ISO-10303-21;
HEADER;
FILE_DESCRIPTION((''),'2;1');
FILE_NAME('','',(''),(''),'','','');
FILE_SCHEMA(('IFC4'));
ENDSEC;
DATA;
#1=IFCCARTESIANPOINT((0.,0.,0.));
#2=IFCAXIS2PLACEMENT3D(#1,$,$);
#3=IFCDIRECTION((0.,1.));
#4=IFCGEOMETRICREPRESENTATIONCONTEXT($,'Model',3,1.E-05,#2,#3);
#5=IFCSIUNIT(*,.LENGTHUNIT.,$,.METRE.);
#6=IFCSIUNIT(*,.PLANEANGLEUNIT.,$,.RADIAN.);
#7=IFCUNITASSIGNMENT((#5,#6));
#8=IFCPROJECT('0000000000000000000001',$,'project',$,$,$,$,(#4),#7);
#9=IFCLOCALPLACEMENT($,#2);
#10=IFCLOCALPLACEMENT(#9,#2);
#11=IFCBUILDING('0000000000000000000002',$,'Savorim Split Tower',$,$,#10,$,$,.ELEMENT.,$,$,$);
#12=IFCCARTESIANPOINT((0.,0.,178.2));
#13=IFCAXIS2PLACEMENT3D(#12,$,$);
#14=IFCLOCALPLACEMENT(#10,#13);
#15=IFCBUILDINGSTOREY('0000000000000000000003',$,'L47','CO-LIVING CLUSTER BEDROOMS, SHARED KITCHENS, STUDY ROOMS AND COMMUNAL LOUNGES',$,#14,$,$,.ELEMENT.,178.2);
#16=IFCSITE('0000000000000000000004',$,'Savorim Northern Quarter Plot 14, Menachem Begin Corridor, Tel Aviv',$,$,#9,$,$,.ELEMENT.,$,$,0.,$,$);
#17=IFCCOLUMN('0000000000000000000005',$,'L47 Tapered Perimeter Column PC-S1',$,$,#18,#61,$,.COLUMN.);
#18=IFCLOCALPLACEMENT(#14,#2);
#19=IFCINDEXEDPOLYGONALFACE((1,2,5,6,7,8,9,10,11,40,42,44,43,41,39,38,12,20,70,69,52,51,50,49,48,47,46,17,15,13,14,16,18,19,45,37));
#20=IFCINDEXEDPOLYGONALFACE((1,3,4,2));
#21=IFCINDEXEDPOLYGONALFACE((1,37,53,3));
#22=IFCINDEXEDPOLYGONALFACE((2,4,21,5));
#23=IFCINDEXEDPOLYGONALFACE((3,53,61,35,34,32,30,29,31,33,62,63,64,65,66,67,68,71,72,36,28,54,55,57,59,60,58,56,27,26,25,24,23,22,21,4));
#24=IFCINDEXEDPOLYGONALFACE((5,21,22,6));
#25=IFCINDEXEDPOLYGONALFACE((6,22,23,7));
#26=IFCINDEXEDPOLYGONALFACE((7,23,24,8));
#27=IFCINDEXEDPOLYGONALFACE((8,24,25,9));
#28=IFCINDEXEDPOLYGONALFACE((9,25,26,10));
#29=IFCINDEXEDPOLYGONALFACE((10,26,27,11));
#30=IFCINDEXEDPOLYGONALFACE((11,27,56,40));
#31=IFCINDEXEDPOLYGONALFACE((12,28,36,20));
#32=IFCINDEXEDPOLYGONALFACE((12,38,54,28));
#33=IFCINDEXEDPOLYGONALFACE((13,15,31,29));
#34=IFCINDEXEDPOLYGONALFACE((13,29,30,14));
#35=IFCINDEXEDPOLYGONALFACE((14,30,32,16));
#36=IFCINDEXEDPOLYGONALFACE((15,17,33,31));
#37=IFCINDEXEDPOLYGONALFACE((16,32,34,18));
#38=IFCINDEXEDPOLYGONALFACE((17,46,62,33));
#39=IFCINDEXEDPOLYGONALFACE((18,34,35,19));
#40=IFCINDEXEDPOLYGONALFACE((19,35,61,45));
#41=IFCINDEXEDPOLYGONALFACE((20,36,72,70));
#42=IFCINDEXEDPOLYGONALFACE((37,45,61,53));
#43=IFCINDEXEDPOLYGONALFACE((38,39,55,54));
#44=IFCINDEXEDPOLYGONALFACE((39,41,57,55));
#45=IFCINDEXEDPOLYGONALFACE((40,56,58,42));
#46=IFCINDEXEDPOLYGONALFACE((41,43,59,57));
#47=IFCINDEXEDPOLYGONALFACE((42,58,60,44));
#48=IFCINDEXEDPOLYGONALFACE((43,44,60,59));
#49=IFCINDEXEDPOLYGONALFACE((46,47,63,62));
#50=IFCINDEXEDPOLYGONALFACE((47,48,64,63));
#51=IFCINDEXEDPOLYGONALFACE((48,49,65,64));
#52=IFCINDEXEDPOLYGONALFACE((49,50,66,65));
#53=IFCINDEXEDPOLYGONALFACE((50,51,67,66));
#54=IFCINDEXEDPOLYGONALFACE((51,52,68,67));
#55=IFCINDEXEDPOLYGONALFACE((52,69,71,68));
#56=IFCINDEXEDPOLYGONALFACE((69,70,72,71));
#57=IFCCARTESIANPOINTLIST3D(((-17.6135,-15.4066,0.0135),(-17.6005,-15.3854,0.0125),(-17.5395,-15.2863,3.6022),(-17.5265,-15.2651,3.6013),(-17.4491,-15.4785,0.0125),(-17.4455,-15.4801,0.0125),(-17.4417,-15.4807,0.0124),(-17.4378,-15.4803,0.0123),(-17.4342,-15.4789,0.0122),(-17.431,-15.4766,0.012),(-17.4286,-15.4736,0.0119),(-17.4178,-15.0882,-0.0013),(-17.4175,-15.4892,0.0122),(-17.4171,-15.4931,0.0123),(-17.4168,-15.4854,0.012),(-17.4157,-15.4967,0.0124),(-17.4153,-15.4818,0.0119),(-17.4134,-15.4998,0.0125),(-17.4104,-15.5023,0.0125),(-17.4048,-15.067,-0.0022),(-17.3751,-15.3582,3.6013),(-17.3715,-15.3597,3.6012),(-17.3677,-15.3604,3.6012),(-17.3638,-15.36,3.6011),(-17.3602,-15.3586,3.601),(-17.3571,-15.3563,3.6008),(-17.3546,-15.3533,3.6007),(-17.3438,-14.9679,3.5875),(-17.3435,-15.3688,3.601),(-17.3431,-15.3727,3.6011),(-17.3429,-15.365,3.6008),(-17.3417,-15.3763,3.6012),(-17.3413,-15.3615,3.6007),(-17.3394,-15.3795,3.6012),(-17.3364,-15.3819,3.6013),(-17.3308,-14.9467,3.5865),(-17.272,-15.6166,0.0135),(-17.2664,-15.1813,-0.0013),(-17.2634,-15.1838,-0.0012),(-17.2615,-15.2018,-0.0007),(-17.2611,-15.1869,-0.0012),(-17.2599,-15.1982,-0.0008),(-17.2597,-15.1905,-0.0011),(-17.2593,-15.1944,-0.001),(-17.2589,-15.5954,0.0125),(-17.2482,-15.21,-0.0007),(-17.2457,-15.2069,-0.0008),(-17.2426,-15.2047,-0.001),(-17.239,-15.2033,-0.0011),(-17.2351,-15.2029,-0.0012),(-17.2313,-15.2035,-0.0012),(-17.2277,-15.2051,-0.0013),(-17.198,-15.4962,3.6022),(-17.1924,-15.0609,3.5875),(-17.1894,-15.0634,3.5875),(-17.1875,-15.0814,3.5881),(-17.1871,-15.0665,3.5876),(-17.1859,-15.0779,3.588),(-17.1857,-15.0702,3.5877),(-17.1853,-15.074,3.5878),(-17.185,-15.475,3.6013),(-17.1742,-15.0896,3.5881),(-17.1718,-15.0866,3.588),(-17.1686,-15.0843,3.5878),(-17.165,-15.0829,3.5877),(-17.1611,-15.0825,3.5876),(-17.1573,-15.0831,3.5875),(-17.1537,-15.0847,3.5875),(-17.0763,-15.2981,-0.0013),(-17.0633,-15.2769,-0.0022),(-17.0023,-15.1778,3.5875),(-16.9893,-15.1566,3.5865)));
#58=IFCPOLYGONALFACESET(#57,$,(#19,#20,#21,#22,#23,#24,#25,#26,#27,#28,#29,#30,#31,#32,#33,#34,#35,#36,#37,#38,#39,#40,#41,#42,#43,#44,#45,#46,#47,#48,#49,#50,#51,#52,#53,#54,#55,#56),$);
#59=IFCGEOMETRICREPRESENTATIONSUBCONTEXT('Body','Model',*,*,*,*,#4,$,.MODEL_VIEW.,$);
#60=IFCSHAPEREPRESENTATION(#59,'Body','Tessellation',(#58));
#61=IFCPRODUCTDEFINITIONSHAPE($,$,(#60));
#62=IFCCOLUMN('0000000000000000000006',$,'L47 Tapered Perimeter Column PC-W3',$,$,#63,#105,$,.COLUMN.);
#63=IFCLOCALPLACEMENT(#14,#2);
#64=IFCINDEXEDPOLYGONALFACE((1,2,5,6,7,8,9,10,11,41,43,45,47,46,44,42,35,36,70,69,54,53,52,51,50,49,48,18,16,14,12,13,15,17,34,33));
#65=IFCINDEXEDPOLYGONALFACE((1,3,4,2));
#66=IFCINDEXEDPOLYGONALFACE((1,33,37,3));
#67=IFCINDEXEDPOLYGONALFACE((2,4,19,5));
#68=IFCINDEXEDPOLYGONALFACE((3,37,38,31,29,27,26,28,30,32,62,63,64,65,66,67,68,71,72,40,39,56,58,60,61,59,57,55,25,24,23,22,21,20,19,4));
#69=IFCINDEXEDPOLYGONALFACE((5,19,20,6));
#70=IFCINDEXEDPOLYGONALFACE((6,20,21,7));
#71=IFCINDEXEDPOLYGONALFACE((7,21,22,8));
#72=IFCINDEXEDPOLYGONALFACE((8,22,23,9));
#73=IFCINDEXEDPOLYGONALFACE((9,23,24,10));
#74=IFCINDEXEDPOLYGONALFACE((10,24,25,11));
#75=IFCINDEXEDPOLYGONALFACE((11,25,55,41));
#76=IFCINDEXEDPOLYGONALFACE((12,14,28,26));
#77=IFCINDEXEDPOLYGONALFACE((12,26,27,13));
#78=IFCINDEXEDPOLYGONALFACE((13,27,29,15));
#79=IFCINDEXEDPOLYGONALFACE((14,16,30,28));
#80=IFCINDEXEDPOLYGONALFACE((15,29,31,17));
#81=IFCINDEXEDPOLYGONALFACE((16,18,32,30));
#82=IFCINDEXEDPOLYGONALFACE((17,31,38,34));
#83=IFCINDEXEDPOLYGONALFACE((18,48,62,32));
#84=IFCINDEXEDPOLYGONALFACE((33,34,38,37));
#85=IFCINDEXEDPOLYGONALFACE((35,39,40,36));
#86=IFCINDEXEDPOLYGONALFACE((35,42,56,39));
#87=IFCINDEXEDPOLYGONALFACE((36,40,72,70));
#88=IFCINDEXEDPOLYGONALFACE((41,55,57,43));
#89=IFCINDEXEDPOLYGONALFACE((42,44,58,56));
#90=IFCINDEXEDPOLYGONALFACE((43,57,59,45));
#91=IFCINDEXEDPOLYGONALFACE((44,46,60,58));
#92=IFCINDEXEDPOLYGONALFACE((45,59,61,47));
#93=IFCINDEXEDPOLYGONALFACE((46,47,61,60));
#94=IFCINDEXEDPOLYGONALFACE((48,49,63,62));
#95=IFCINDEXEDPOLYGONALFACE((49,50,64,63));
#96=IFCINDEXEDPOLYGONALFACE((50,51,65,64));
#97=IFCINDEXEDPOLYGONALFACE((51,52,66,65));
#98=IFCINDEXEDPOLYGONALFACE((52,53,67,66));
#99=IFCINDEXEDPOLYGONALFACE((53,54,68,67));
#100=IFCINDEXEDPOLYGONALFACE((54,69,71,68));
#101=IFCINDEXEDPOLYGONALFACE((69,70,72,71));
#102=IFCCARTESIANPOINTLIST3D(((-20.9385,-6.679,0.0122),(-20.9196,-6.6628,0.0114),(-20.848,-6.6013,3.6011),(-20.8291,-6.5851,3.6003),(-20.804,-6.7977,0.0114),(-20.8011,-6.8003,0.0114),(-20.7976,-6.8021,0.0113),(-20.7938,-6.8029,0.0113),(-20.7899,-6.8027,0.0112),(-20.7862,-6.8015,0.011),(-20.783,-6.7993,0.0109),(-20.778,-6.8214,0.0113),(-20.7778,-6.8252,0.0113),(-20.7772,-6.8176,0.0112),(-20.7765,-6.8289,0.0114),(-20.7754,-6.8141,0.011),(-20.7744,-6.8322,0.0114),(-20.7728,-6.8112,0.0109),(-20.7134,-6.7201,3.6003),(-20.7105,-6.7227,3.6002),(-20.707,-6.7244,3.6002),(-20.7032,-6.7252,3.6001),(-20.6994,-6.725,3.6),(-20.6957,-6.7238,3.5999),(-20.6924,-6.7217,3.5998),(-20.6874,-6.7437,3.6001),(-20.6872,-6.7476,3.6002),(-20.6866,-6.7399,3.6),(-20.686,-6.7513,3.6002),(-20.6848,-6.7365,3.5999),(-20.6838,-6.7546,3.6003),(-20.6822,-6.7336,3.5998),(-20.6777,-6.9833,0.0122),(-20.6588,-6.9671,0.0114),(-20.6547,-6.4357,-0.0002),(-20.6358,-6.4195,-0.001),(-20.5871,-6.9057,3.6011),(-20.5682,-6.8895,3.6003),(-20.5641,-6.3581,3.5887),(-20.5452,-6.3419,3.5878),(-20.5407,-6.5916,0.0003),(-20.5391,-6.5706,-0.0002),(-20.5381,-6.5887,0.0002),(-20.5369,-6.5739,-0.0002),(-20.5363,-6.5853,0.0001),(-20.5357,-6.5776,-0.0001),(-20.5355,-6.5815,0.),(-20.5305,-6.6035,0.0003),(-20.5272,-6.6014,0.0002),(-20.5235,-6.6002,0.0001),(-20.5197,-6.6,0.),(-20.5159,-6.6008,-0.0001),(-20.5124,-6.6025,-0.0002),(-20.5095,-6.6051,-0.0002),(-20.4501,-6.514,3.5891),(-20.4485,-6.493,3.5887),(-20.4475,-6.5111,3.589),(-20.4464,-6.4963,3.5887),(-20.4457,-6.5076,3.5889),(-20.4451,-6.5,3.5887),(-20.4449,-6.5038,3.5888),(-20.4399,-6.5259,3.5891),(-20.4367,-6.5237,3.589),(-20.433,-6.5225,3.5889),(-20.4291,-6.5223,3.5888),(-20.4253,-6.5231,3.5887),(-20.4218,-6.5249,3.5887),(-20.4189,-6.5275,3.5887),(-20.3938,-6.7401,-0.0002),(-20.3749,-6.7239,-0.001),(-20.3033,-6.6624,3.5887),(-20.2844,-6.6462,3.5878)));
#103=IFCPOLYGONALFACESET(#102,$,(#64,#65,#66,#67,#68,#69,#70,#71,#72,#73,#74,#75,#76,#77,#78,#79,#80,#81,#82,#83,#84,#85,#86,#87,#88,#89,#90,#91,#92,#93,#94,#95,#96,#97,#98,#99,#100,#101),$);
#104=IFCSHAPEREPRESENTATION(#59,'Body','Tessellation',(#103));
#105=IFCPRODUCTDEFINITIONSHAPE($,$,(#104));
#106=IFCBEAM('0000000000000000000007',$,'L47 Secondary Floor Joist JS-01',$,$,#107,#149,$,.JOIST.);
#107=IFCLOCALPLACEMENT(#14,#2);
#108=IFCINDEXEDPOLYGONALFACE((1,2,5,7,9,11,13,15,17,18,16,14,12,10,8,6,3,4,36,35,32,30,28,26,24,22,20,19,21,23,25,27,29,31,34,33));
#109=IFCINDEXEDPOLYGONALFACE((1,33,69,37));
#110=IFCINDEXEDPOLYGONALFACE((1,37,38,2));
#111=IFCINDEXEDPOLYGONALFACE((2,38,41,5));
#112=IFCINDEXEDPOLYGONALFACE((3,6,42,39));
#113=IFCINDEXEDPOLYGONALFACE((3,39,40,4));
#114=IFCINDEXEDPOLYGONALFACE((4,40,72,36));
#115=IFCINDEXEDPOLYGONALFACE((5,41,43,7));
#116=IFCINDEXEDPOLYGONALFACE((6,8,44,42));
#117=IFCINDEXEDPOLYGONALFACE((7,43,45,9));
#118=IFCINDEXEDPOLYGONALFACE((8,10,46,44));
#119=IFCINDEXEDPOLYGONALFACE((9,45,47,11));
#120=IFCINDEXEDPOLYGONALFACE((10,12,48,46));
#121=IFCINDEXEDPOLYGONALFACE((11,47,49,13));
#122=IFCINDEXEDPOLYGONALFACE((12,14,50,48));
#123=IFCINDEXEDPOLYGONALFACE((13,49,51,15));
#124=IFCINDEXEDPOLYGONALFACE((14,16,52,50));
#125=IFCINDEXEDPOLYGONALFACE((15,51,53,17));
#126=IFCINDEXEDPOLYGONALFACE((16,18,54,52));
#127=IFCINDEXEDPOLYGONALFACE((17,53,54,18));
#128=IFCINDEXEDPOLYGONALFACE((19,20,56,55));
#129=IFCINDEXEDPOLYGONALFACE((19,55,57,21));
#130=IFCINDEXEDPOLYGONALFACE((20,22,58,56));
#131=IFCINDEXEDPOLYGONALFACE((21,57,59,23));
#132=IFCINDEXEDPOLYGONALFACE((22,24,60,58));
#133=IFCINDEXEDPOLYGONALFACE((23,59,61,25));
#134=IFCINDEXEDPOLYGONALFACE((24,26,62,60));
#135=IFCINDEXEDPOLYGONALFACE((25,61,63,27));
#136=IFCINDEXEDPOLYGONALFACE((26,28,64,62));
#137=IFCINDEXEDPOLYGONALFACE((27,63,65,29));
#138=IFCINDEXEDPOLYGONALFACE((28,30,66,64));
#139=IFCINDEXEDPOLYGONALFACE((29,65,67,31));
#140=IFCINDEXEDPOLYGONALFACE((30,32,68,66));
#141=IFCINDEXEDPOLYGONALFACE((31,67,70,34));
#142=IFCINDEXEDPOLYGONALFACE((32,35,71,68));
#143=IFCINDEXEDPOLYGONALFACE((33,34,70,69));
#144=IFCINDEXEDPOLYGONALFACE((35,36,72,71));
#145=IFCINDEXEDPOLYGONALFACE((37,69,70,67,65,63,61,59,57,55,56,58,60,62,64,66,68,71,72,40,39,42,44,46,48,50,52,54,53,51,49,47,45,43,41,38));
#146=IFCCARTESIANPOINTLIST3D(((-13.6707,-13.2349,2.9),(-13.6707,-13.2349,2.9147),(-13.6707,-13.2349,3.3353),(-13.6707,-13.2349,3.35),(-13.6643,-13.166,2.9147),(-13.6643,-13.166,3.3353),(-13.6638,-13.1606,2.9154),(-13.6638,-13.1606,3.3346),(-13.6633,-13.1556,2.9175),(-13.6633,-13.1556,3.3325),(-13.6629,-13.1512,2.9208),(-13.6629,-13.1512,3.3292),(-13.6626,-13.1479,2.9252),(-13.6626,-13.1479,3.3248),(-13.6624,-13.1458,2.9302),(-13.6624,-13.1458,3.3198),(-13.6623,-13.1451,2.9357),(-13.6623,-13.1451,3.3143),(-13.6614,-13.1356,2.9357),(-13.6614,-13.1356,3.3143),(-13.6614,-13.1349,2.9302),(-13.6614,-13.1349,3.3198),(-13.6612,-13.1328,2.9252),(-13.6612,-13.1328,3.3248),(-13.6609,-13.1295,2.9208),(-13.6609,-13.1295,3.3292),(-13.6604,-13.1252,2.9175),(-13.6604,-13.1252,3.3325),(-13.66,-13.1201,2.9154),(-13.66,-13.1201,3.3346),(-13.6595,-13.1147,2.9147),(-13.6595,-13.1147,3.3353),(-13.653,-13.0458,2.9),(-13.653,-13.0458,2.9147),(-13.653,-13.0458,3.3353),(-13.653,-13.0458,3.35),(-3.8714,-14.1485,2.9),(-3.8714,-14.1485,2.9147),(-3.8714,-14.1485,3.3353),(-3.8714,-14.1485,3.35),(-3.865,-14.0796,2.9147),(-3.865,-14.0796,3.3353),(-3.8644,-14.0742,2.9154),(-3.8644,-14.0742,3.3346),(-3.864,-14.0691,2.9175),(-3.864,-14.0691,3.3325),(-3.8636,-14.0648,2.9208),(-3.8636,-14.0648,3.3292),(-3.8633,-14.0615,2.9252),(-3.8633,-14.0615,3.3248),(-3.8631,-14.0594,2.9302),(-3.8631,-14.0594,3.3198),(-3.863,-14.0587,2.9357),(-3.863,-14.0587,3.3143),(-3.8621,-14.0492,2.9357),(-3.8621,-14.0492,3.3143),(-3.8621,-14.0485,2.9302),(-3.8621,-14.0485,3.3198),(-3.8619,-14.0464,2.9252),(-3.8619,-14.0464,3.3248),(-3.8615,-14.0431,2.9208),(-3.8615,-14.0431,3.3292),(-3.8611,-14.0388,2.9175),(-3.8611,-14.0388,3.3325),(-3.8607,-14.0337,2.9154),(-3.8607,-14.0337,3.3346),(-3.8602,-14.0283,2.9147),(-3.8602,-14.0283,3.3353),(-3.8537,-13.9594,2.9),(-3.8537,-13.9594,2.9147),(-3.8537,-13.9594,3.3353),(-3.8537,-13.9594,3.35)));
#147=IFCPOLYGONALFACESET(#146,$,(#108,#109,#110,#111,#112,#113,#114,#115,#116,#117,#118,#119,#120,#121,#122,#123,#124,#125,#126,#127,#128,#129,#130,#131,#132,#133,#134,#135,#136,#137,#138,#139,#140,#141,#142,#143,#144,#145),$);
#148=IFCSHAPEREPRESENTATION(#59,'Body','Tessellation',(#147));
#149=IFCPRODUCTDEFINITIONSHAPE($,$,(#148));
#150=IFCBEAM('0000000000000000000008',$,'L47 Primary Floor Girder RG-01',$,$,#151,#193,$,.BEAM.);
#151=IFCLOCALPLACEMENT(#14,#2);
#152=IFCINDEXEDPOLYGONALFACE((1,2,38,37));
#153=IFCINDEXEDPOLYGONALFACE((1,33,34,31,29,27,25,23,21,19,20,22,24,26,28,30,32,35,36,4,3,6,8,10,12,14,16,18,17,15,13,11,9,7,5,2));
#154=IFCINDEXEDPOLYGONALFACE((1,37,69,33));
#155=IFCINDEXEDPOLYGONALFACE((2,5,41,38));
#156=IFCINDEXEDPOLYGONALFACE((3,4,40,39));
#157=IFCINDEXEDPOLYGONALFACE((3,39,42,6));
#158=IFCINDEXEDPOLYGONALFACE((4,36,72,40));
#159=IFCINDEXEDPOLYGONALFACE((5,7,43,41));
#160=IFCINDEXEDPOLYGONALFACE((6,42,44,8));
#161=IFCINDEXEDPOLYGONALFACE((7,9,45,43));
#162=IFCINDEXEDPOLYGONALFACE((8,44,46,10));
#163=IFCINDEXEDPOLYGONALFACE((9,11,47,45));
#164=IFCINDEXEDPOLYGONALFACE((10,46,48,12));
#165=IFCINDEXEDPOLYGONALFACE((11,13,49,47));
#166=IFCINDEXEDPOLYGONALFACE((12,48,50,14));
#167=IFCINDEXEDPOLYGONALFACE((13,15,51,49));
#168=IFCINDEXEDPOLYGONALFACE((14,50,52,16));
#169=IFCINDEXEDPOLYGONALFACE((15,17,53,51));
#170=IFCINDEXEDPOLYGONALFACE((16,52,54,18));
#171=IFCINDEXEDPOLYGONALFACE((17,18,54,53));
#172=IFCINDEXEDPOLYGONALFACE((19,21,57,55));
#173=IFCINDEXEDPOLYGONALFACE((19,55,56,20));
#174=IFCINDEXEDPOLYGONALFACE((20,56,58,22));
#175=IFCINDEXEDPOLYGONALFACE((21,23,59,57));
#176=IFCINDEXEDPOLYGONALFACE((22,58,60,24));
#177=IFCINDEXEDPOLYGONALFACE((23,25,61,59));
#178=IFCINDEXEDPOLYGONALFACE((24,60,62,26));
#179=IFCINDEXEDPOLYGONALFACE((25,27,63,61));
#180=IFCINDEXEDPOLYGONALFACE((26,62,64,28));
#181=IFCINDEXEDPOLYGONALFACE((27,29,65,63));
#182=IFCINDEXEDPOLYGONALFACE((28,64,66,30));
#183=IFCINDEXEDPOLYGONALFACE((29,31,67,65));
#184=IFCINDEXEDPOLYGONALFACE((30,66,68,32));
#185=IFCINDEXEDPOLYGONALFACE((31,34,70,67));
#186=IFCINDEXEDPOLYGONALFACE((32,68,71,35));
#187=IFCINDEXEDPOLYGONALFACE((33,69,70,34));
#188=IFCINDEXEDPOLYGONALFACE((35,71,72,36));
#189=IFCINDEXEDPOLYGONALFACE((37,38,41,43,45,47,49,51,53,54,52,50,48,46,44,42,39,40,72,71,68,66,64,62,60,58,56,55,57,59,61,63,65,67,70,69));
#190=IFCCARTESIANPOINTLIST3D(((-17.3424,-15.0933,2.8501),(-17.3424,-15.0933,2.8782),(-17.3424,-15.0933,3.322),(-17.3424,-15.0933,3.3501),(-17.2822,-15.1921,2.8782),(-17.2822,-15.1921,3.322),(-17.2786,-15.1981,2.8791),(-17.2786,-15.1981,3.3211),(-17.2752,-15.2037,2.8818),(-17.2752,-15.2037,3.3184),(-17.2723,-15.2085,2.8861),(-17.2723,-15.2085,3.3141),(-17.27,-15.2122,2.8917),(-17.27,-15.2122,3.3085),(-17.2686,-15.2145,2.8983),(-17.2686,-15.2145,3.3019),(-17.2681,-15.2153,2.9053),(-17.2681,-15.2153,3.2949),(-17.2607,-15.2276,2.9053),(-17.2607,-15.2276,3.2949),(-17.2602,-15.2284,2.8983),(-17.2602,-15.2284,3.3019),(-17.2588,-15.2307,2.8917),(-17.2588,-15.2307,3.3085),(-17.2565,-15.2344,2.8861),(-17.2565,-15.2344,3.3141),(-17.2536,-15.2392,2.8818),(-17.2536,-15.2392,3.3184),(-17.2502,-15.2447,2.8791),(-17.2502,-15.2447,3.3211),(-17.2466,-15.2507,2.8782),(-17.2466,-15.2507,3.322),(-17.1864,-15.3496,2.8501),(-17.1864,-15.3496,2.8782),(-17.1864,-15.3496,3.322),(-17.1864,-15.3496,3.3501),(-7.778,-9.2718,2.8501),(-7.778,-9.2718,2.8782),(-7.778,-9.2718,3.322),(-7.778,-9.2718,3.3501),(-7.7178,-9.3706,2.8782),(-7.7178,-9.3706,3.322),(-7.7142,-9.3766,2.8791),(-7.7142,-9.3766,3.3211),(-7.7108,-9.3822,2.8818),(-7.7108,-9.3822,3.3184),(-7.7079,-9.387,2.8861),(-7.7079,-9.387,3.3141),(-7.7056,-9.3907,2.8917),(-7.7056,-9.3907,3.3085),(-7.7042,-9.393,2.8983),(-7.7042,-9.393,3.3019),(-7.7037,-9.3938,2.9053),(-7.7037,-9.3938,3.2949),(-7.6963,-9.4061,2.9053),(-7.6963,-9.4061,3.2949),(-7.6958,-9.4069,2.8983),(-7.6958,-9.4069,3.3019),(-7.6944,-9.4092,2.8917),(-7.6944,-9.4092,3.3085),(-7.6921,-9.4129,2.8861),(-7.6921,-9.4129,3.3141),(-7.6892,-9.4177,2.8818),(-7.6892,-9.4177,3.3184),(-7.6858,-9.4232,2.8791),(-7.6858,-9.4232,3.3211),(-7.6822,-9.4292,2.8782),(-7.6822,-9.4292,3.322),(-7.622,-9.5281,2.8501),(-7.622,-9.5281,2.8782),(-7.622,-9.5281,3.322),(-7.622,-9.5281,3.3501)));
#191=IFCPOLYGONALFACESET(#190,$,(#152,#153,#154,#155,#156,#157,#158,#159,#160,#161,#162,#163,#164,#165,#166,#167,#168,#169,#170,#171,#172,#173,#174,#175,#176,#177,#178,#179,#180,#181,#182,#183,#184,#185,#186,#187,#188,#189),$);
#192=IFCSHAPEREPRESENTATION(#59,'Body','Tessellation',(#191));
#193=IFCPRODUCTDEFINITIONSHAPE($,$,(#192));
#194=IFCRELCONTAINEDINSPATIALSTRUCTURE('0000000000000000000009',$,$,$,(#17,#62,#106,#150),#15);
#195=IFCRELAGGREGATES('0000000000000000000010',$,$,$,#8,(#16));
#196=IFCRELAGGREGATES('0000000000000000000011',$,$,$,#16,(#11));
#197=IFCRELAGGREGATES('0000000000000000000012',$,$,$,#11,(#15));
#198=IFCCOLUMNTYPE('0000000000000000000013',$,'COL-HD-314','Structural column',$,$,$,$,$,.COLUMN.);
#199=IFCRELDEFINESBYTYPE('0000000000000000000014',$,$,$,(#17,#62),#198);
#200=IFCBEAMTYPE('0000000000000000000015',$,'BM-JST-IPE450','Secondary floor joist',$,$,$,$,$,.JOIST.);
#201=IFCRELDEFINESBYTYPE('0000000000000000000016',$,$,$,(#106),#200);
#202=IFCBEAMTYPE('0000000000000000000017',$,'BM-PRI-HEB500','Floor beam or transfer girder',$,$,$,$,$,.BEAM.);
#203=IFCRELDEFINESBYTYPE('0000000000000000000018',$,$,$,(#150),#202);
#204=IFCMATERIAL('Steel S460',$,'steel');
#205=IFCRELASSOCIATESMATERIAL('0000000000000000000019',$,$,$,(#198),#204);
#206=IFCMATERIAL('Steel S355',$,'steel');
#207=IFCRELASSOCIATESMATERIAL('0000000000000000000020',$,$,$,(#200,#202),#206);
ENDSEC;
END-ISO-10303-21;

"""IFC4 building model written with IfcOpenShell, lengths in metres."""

from ifc_helpers import new_model, si_unit, direction, frame, origin, origin_2d, place, context, subcontext, project, spatial, i_section, extrude, material, material_profile, profile_set, type_object, element, save


model = new_model("IFC4")

# Units and contexts
model_context = context("Model", 3, precision=1e-05, world=origin(), true_north=direction((0.0, 1.0)))
body_context = subcontext(model_context, "Body", "Model", "MODEL_VIEW")
ifc_project = project(units=[si_unit("LENGTHUNIT", "METRE"), si_unit("PLANEANGLEUNIT", "RADIAN")], contexts=[model_context])

# Site, building, storey
site_placement = place(None, origin())
site = spatial("IfcSite", under=ifc_project, at=site_placement, Name="Savorim Northern Quarter Plot 14, Menachem Begin Corridor, Tel Aviv", CompositionType="ELEMENT", RefElevation=0.0)
building_placement = place(site_placement, origin())
building = spatial("IfcBuilding", under=site, at=building_placement, Name="Savorim Split Tower", CompositionType="ELEMENT")
storey_placement = place(building_placement, frame((0.0, 0.0, 178.2)))
storey = spatial("IfcBuildingStorey", under=building, at=storey_placement, Name="L47", Description="CO-LIVING CLUSTER BEDROOMS, SHARED KITCHENS, STUDY ROOMS AND COMMUNAL LOUNGES", CompositionType="ELEMENT", Elevation=178.2)

# Columns
ifc_material_1 = material(Name="Steel S460", Category="steel")
ifc_material_profile_1 = material_profile(ifc_material_1, i_section(OverallWidth=0.4009, OverallDepth=0.3989, WebThickness=0.0156, FlangeThickness=0.0249, FilletRadius=0.0149, at=origin_2d()), Name="HD 400x314")
ifc_profile_set_1 = profile_set([ifc_material_profile_1], Name="Steel S460")
column_type = type_object("IfcColumnType", Name="COL-HD-314", Description="Structural column", PredefinedType="COLUMN", material=ifc_profile_set_1)
column_1_placement = place(storey_placement, frame((-17.3384, -15.3418, 0.0056), z_axis=(0.020596, 0.033511, 0.999226), x_axis=(-0.851955, 0.523615, 0.0)))
element("IfcColumn", 1, at=column_1_placement, inside=storey, type_object=column_type, Name="L47 Tapered Perimeter Column PC-S1", PredefinedType="COLUMN", context=body_context, shape_type="SweptSolid", body=[
    extrude(i_section(OverallWidth=0.4009, OverallDepth=0.3989, WebThickness=0.0156, FlangeThickness=0.0249, FilletRadius=0.0149, at=origin_2d()), origin(), (0.0, 0.0, 1.0), 3.5916),
])
column_2_placement = place(storey_placement, frame((-20.6567, -6.7014, 0.0056), z_axis=(0.025224, 0.021621, 0.999448), x_axis=(-0.650791, 0.759257, 0.0)))
element("IfcColumn", 2, at=column_2_placement, inside=storey, type_object=column_type, Name="L47 Tapered Perimeter Column PC-W3", PredefinedType="COLUMN", context=body_context, shape_type="SweptSolid", body=[
    extrude(i_section(OverallWidth=0.4009, OverallDepth=0.3989, WebThickness=0.0156, FlangeThickness=0.0249, FilletRadius=0.0149, at=origin_2d()), origin(), (0.0, 0.0, 1.0), 3.5908),
])

# Beams
ifc_material_2 = material(Name="Steel S355", Category="steel")
ifc_material_profile_2 = material_profile(ifc_material_2, i_section(OverallWidth=0.1899, OverallDepth=0.45, WebThickness=0.0095, FlangeThickness=0.0146, FilletRadius=0.021, at=origin_2d()), Name="IPE 450")
ifc_profile_set_2 = profile_set([ifc_material_profile_2], Name="Steel S355")
beam_type_1 = type_object("IfcBeamType", Name="BM-JST-IPE450", Description="Secondary floor joist", PredefinedType="JOIST", material=ifc_profile_set_2)
beam_1_placement = place(storey_placement, frame((-13.6619, -13.1404, 3.125), z_axis=(0.995682, -0.092826, 0.0), x_axis=(0.092826, 0.995682, 0.0)))
element("IfcBeam", 3, at=beam_1_placement, inside=storey, type_object=beam_type_1, Name="L47 Secondary Floor Joist JS-01", PredefinedType="JOIST", context=body_context, shape_type="SweptSolid", body=[
    extrude(i_section(OverallWidth=0.1899, OverallDepth=0.45, WebThickness=0.0095, FlangeThickness=0.0146, FilletRadius=0.021, at=origin_2d()), origin(), (0.0, 0.0, 1.0), 9.8418),
])
ifc_material_profile_3 = material_profile(ifc_material_2, i_section(OverallWidth=0.3, OverallDepth=0.5, WebThickness=0.0144, FlangeThickness=0.0281, FilletRadius=0.0271, at=origin_2d()), Name="HEB 500")
ifc_profile_set_3 = profile_set([ifc_material_profile_3], Name="Steel S355")
beam_type_2 = type_object("IfcBeamType", Name="BM-PRI-HEB500", Description="Floor beam or transfer girder", PredefinedType="BEAM", material=ifc_profile_set_3)
beam_2_placement = place(storey_placement, frame((-17.2644, -15.2214, 3.1001), z_axis=(0.854211, 0.519927, 0.0), x_axis=(-0.519927, 0.854211, 0.0)))
element("IfcBeam", 4, at=beam_2_placement, inside=storey, type_object=beam_type_2, Name="L47 Primary Floor Girder RG-01", PredefinedType="BEAM", context=body_context, shape_type="SweptSolid", body=[
    extrude(i_section(OverallWidth=0.3, OverallDepth=0.5, WebThickness=0.0144, FlangeThickness=0.0281, FilletRadius=0.0271, at=origin_2d()), origin(), (0.0, 0.0, 1.0), 11.1968),
])

save(model, "model.ifc")
